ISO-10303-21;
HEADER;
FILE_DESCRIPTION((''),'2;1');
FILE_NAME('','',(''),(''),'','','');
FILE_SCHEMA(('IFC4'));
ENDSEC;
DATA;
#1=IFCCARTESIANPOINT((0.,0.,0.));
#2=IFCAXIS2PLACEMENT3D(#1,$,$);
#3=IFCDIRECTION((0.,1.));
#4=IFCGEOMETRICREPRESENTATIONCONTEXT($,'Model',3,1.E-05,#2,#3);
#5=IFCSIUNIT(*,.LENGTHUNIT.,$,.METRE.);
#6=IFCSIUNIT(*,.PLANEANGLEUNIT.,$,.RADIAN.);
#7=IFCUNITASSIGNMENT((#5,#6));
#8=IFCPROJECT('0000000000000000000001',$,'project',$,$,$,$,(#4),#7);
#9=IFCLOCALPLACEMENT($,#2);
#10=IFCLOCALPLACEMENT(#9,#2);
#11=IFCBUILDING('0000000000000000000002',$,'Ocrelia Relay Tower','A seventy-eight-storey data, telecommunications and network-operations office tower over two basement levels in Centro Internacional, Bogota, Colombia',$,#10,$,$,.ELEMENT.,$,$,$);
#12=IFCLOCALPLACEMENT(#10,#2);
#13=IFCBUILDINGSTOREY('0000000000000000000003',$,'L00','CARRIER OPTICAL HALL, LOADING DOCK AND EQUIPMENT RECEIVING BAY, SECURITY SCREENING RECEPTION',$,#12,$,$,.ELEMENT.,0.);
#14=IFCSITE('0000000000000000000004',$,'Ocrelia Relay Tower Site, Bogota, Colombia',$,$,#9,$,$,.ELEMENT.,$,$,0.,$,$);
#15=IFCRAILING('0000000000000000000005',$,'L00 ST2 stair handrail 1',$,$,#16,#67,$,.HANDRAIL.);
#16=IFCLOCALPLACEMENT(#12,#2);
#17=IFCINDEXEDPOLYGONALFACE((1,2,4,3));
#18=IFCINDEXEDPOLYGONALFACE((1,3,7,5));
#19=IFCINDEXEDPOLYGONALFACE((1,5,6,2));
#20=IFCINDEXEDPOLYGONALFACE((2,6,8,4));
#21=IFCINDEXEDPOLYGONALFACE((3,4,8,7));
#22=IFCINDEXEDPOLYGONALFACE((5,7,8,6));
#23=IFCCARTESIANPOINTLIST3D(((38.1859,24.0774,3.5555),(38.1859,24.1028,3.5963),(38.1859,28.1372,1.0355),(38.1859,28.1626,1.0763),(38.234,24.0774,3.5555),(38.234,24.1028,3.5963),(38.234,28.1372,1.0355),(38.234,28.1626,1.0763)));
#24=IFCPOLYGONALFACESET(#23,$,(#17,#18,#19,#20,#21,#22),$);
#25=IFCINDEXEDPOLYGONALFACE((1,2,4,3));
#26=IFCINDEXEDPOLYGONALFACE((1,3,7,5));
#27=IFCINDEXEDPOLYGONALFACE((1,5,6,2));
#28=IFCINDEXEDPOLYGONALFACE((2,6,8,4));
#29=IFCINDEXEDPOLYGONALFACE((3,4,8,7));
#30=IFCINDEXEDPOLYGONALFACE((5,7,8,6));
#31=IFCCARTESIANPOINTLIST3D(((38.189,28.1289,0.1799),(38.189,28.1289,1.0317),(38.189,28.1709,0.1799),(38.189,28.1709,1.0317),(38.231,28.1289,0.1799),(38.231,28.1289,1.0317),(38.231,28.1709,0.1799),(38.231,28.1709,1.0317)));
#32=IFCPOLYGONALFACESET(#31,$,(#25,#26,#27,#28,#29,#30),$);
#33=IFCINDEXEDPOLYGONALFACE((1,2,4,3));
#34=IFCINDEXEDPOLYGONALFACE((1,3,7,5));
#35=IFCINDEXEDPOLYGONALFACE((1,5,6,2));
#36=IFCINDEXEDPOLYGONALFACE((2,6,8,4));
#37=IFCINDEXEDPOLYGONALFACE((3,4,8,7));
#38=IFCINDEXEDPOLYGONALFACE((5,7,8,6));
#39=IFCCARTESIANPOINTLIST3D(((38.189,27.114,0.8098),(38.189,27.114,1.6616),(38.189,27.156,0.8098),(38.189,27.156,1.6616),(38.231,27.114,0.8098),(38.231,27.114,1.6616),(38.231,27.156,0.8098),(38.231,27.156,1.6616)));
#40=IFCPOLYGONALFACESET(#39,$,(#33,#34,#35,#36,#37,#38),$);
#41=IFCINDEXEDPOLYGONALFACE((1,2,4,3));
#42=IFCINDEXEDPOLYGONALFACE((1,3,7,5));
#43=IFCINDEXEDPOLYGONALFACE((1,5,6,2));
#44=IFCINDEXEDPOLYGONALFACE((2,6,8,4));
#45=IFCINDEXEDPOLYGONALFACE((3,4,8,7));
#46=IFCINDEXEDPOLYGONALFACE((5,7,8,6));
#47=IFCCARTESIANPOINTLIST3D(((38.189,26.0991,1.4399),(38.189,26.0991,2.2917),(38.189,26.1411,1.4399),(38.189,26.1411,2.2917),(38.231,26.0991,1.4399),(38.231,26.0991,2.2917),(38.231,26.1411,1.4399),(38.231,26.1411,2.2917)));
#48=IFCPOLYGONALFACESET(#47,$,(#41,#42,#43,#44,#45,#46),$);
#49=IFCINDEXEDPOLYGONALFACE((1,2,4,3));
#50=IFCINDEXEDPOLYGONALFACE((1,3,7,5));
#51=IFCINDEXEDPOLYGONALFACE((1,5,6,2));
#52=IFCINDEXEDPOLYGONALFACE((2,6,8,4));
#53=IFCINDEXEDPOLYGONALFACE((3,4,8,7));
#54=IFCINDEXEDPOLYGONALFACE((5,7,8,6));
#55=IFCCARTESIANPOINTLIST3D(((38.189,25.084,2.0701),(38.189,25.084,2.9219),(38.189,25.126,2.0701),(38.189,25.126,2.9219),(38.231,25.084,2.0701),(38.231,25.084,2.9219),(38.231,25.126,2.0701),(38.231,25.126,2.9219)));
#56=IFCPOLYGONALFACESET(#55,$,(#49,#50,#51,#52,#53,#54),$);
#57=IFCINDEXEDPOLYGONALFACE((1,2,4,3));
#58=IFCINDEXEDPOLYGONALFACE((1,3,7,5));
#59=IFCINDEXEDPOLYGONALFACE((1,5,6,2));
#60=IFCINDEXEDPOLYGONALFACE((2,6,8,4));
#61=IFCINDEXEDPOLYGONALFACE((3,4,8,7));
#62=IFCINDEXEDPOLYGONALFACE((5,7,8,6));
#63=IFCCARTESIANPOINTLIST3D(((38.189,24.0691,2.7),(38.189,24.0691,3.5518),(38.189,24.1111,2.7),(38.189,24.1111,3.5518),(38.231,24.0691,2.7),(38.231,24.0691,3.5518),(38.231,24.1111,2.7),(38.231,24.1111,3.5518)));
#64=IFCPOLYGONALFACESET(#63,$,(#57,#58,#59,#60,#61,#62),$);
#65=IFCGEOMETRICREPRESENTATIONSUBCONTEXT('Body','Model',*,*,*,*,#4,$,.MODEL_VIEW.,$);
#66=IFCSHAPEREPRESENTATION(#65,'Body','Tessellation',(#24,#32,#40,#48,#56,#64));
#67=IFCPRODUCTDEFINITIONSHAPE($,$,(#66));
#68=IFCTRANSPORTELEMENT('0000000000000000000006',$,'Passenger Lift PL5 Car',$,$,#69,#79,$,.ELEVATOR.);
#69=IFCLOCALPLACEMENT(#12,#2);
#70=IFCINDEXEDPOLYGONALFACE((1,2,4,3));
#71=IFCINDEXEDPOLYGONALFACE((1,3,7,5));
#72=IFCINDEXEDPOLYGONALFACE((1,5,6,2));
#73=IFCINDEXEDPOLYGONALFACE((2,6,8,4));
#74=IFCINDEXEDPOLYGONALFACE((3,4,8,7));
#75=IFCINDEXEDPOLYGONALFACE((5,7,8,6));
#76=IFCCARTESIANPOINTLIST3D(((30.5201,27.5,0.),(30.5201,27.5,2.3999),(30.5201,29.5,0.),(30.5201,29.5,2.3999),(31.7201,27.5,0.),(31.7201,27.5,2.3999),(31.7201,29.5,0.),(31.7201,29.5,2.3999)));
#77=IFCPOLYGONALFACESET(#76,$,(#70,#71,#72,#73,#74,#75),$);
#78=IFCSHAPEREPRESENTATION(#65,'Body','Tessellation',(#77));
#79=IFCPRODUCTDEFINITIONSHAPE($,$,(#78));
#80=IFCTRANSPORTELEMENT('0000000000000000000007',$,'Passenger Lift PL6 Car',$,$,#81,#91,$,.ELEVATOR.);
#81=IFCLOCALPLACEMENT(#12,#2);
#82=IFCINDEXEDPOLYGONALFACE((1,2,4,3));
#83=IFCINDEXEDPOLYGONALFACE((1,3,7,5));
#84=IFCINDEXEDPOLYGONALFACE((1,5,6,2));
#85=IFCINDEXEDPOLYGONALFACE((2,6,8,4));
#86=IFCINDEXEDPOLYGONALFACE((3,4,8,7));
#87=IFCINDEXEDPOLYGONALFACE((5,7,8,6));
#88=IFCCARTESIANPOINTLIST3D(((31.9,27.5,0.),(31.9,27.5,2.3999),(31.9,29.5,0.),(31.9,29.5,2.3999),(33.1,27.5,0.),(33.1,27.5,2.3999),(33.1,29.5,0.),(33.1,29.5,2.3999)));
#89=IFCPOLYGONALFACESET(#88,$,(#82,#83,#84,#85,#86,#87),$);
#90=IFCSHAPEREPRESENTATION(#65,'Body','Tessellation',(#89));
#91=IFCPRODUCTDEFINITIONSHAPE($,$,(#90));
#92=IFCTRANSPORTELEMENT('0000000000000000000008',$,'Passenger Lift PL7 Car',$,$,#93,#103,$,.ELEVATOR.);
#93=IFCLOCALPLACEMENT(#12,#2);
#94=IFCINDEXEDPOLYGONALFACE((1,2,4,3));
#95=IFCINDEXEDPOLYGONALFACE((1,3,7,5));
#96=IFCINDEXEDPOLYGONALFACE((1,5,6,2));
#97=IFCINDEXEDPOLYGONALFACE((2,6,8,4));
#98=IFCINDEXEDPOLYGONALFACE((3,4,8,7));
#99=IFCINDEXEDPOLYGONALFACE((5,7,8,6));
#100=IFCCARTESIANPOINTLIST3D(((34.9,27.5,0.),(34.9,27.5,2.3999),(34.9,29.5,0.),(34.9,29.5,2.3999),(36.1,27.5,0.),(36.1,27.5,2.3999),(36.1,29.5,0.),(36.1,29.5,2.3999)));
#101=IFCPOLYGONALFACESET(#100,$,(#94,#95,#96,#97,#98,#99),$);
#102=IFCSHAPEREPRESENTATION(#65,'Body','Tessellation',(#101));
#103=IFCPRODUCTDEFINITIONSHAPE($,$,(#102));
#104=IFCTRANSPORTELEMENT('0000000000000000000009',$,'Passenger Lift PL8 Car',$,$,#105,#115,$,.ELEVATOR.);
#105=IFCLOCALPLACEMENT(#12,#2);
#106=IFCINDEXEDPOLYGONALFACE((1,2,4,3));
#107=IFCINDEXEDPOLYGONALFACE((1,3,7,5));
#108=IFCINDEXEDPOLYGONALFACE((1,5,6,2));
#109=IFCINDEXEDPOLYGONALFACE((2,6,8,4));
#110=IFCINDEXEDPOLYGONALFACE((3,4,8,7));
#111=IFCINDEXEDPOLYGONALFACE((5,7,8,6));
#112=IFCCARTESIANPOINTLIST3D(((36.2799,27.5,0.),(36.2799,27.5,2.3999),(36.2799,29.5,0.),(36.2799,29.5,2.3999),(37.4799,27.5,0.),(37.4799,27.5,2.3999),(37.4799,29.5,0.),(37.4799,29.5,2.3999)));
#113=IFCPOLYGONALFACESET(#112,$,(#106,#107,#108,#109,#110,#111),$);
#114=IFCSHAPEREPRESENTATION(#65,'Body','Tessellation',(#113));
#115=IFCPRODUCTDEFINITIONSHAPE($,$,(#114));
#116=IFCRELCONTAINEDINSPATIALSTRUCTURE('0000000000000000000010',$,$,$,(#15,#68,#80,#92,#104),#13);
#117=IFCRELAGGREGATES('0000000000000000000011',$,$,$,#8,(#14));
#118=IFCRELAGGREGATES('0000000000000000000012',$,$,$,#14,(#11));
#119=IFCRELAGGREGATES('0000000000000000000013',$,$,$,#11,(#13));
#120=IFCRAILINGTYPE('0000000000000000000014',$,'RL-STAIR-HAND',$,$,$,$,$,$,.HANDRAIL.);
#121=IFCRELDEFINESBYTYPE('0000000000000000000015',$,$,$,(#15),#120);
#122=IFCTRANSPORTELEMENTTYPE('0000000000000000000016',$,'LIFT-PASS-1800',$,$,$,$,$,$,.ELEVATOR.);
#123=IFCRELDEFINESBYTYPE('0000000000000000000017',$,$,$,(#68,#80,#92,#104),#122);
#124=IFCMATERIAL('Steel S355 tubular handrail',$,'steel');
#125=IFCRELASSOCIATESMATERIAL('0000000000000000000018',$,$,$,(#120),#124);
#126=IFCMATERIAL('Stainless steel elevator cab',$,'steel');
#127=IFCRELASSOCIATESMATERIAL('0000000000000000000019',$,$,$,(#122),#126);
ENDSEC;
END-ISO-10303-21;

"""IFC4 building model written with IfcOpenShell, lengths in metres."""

from ifc_helpers import new_model, si_unit, direction, frame, origin, origin_2d, place, context, subcontext, project, spatial, rectangle, extrude, material, type_object, element, save


model = new_model("IFC4")

# Units and contexts
model_context = context("Model", 3, precision=1e-05, world=origin(), true_north=direction((0.0, 1.0)))
body_context = subcontext(model_context, "Body", "Model", "MODEL_VIEW")
ifc_project = project(units=[si_unit("LENGTHUNIT", "METRE"), si_unit("PLANEANGLEUNIT", "RADIAN")], contexts=[model_context])

# Site, building, storey
site_placement = place(None, origin())
site = spatial("IfcSite", under=ifc_project, at=site_placement, Name="Ocrelia Relay Tower Site, Bogota, Colombia", CompositionType="ELEMENT", RefElevation=0.0)
building_placement = place(site_placement, origin())
building = spatial("IfcBuilding", under=site, at=building_placement, Name="Ocrelia Relay Tower", Description="A seventy-eight-storey data, telecommunications and network-operations office tower over two basement levels in Centro Internacional, Bogota, Colombia", CompositionType="ELEMENT")
storey_placement = place(building_placement, origin())
storey = spatial("IfcBuildingStorey", under=building, at=storey_placement, Name="L00", Description="CARRIER OPTICAL HALL, LOADING DOCK AND EQUIPMENT RECEIVING BAY, SECURITY SCREENING RECEPTION", CompositionType="ELEMENT", Elevation=0.0)

# Railing
ifc_material_1 = material(Name="Steel S355 tubular handrail", Category="steel")
railing_type_1 = type_object("IfcRailingType", Name="RL-STAIR-HAND", PredefinedType="HANDRAIL", material=ifc_material_1)
railing_1_placement = place(storey_placement, frame((38.21, 28.1499, 0.1799)))
element("IfcRailing", 1, at=railing_1_placement, inside=storey, type_object=railing_type_1, Name="L00 ST2 stair handrail 1", PredefinedType="HANDRAIL", context=body_context, shape_type="SweptSolid", body=[
    extrude(rectangle(XDim=0.0481, YDim=0.0481, at=origin_2d()), frame((0.0, 0.0, 0.876), z_axis=(0.0, -0.849628, 0.527383), x_axis=(1.0, 0.0, 0.0)), (0.0, 0.0, 1.0), 4.7783),
    extrude(rectangle(XDim=0.042, YDim=0.042, at=origin_2d()), origin(), (0.0, 0.0, 1.0), 0.8518),
    extrude(rectangle(XDim=0.042, YDim=0.042, at=origin_2d()), frame((0.0, -1.0149, 0.6299)), (0.0, 0.0, 1.0), 0.8518),
    extrude(rectangle(XDim=0.042, YDim=0.042, at=origin_2d()), frame((0.0, -2.0298, 1.26)), (0.0, 0.0, 1.0), 0.8518),
    extrude(rectangle(XDim=0.042, YDim=0.042, at=origin_2d()), frame((0.0, -3.0449, 1.8901)), (0.0, 0.0, 1.0), 0.8518),
    extrude(rectangle(XDim=0.042, YDim=0.042, at=origin_2d()), frame((0.0, -4.0598, 2.52)), (0.0, 0.0, 1.0), 0.8518),
])

# Transport elements
ifc_material_2 = material(Name="Stainless steel elevator cab", Category="steel")
transport_element_type = type_object("IfcTransportElementType", Name="LIFT-PASS-1800", PredefinedType="ELEVATOR", material=ifc_material_2)
for number, where, z_axis, x_axis, name in (
    (2, (31.1201, 28.5, 0.0), (0.0, 0.0, 1.0), (1.0, 0.0, 0.0), "Passenger Lift PL5 Car"),
    (3, (32.5, 28.5, 0.0), (0.0, 0.0, 1.0), (1.0, 0.0, 0.0), "Passenger Lift PL6 Car"),
    (4, (35.5, 28.5, 0.0), (0.0, 0.0, 1.0), (1.0, 0.0, 0.0), "Passenger Lift PL7 Car"),
    (5, (36.8799, 28.5, 0.0), (0.0, 0.0, 1.0), (1.0, 0.0, 0.0), "Passenger Lift PL8 Car"),
):
    element("IfcTransportElement", number, at=place(storey_placement, frame(where, z_axis=z_axis, x_axis=x_axis)), inside=storey, type_object=transport_element_type, Name=name, PredefinedType="ELEVATOR", context=body_context, shape_type="SweptSolid", body=[
        extrude(rectangle(XDim=1.2, YDim=2.0, at=origin_2d()), origin(), (0.0, 0.0, 1.0), 2.3999),
    ])

save(model, "model.ifc")
